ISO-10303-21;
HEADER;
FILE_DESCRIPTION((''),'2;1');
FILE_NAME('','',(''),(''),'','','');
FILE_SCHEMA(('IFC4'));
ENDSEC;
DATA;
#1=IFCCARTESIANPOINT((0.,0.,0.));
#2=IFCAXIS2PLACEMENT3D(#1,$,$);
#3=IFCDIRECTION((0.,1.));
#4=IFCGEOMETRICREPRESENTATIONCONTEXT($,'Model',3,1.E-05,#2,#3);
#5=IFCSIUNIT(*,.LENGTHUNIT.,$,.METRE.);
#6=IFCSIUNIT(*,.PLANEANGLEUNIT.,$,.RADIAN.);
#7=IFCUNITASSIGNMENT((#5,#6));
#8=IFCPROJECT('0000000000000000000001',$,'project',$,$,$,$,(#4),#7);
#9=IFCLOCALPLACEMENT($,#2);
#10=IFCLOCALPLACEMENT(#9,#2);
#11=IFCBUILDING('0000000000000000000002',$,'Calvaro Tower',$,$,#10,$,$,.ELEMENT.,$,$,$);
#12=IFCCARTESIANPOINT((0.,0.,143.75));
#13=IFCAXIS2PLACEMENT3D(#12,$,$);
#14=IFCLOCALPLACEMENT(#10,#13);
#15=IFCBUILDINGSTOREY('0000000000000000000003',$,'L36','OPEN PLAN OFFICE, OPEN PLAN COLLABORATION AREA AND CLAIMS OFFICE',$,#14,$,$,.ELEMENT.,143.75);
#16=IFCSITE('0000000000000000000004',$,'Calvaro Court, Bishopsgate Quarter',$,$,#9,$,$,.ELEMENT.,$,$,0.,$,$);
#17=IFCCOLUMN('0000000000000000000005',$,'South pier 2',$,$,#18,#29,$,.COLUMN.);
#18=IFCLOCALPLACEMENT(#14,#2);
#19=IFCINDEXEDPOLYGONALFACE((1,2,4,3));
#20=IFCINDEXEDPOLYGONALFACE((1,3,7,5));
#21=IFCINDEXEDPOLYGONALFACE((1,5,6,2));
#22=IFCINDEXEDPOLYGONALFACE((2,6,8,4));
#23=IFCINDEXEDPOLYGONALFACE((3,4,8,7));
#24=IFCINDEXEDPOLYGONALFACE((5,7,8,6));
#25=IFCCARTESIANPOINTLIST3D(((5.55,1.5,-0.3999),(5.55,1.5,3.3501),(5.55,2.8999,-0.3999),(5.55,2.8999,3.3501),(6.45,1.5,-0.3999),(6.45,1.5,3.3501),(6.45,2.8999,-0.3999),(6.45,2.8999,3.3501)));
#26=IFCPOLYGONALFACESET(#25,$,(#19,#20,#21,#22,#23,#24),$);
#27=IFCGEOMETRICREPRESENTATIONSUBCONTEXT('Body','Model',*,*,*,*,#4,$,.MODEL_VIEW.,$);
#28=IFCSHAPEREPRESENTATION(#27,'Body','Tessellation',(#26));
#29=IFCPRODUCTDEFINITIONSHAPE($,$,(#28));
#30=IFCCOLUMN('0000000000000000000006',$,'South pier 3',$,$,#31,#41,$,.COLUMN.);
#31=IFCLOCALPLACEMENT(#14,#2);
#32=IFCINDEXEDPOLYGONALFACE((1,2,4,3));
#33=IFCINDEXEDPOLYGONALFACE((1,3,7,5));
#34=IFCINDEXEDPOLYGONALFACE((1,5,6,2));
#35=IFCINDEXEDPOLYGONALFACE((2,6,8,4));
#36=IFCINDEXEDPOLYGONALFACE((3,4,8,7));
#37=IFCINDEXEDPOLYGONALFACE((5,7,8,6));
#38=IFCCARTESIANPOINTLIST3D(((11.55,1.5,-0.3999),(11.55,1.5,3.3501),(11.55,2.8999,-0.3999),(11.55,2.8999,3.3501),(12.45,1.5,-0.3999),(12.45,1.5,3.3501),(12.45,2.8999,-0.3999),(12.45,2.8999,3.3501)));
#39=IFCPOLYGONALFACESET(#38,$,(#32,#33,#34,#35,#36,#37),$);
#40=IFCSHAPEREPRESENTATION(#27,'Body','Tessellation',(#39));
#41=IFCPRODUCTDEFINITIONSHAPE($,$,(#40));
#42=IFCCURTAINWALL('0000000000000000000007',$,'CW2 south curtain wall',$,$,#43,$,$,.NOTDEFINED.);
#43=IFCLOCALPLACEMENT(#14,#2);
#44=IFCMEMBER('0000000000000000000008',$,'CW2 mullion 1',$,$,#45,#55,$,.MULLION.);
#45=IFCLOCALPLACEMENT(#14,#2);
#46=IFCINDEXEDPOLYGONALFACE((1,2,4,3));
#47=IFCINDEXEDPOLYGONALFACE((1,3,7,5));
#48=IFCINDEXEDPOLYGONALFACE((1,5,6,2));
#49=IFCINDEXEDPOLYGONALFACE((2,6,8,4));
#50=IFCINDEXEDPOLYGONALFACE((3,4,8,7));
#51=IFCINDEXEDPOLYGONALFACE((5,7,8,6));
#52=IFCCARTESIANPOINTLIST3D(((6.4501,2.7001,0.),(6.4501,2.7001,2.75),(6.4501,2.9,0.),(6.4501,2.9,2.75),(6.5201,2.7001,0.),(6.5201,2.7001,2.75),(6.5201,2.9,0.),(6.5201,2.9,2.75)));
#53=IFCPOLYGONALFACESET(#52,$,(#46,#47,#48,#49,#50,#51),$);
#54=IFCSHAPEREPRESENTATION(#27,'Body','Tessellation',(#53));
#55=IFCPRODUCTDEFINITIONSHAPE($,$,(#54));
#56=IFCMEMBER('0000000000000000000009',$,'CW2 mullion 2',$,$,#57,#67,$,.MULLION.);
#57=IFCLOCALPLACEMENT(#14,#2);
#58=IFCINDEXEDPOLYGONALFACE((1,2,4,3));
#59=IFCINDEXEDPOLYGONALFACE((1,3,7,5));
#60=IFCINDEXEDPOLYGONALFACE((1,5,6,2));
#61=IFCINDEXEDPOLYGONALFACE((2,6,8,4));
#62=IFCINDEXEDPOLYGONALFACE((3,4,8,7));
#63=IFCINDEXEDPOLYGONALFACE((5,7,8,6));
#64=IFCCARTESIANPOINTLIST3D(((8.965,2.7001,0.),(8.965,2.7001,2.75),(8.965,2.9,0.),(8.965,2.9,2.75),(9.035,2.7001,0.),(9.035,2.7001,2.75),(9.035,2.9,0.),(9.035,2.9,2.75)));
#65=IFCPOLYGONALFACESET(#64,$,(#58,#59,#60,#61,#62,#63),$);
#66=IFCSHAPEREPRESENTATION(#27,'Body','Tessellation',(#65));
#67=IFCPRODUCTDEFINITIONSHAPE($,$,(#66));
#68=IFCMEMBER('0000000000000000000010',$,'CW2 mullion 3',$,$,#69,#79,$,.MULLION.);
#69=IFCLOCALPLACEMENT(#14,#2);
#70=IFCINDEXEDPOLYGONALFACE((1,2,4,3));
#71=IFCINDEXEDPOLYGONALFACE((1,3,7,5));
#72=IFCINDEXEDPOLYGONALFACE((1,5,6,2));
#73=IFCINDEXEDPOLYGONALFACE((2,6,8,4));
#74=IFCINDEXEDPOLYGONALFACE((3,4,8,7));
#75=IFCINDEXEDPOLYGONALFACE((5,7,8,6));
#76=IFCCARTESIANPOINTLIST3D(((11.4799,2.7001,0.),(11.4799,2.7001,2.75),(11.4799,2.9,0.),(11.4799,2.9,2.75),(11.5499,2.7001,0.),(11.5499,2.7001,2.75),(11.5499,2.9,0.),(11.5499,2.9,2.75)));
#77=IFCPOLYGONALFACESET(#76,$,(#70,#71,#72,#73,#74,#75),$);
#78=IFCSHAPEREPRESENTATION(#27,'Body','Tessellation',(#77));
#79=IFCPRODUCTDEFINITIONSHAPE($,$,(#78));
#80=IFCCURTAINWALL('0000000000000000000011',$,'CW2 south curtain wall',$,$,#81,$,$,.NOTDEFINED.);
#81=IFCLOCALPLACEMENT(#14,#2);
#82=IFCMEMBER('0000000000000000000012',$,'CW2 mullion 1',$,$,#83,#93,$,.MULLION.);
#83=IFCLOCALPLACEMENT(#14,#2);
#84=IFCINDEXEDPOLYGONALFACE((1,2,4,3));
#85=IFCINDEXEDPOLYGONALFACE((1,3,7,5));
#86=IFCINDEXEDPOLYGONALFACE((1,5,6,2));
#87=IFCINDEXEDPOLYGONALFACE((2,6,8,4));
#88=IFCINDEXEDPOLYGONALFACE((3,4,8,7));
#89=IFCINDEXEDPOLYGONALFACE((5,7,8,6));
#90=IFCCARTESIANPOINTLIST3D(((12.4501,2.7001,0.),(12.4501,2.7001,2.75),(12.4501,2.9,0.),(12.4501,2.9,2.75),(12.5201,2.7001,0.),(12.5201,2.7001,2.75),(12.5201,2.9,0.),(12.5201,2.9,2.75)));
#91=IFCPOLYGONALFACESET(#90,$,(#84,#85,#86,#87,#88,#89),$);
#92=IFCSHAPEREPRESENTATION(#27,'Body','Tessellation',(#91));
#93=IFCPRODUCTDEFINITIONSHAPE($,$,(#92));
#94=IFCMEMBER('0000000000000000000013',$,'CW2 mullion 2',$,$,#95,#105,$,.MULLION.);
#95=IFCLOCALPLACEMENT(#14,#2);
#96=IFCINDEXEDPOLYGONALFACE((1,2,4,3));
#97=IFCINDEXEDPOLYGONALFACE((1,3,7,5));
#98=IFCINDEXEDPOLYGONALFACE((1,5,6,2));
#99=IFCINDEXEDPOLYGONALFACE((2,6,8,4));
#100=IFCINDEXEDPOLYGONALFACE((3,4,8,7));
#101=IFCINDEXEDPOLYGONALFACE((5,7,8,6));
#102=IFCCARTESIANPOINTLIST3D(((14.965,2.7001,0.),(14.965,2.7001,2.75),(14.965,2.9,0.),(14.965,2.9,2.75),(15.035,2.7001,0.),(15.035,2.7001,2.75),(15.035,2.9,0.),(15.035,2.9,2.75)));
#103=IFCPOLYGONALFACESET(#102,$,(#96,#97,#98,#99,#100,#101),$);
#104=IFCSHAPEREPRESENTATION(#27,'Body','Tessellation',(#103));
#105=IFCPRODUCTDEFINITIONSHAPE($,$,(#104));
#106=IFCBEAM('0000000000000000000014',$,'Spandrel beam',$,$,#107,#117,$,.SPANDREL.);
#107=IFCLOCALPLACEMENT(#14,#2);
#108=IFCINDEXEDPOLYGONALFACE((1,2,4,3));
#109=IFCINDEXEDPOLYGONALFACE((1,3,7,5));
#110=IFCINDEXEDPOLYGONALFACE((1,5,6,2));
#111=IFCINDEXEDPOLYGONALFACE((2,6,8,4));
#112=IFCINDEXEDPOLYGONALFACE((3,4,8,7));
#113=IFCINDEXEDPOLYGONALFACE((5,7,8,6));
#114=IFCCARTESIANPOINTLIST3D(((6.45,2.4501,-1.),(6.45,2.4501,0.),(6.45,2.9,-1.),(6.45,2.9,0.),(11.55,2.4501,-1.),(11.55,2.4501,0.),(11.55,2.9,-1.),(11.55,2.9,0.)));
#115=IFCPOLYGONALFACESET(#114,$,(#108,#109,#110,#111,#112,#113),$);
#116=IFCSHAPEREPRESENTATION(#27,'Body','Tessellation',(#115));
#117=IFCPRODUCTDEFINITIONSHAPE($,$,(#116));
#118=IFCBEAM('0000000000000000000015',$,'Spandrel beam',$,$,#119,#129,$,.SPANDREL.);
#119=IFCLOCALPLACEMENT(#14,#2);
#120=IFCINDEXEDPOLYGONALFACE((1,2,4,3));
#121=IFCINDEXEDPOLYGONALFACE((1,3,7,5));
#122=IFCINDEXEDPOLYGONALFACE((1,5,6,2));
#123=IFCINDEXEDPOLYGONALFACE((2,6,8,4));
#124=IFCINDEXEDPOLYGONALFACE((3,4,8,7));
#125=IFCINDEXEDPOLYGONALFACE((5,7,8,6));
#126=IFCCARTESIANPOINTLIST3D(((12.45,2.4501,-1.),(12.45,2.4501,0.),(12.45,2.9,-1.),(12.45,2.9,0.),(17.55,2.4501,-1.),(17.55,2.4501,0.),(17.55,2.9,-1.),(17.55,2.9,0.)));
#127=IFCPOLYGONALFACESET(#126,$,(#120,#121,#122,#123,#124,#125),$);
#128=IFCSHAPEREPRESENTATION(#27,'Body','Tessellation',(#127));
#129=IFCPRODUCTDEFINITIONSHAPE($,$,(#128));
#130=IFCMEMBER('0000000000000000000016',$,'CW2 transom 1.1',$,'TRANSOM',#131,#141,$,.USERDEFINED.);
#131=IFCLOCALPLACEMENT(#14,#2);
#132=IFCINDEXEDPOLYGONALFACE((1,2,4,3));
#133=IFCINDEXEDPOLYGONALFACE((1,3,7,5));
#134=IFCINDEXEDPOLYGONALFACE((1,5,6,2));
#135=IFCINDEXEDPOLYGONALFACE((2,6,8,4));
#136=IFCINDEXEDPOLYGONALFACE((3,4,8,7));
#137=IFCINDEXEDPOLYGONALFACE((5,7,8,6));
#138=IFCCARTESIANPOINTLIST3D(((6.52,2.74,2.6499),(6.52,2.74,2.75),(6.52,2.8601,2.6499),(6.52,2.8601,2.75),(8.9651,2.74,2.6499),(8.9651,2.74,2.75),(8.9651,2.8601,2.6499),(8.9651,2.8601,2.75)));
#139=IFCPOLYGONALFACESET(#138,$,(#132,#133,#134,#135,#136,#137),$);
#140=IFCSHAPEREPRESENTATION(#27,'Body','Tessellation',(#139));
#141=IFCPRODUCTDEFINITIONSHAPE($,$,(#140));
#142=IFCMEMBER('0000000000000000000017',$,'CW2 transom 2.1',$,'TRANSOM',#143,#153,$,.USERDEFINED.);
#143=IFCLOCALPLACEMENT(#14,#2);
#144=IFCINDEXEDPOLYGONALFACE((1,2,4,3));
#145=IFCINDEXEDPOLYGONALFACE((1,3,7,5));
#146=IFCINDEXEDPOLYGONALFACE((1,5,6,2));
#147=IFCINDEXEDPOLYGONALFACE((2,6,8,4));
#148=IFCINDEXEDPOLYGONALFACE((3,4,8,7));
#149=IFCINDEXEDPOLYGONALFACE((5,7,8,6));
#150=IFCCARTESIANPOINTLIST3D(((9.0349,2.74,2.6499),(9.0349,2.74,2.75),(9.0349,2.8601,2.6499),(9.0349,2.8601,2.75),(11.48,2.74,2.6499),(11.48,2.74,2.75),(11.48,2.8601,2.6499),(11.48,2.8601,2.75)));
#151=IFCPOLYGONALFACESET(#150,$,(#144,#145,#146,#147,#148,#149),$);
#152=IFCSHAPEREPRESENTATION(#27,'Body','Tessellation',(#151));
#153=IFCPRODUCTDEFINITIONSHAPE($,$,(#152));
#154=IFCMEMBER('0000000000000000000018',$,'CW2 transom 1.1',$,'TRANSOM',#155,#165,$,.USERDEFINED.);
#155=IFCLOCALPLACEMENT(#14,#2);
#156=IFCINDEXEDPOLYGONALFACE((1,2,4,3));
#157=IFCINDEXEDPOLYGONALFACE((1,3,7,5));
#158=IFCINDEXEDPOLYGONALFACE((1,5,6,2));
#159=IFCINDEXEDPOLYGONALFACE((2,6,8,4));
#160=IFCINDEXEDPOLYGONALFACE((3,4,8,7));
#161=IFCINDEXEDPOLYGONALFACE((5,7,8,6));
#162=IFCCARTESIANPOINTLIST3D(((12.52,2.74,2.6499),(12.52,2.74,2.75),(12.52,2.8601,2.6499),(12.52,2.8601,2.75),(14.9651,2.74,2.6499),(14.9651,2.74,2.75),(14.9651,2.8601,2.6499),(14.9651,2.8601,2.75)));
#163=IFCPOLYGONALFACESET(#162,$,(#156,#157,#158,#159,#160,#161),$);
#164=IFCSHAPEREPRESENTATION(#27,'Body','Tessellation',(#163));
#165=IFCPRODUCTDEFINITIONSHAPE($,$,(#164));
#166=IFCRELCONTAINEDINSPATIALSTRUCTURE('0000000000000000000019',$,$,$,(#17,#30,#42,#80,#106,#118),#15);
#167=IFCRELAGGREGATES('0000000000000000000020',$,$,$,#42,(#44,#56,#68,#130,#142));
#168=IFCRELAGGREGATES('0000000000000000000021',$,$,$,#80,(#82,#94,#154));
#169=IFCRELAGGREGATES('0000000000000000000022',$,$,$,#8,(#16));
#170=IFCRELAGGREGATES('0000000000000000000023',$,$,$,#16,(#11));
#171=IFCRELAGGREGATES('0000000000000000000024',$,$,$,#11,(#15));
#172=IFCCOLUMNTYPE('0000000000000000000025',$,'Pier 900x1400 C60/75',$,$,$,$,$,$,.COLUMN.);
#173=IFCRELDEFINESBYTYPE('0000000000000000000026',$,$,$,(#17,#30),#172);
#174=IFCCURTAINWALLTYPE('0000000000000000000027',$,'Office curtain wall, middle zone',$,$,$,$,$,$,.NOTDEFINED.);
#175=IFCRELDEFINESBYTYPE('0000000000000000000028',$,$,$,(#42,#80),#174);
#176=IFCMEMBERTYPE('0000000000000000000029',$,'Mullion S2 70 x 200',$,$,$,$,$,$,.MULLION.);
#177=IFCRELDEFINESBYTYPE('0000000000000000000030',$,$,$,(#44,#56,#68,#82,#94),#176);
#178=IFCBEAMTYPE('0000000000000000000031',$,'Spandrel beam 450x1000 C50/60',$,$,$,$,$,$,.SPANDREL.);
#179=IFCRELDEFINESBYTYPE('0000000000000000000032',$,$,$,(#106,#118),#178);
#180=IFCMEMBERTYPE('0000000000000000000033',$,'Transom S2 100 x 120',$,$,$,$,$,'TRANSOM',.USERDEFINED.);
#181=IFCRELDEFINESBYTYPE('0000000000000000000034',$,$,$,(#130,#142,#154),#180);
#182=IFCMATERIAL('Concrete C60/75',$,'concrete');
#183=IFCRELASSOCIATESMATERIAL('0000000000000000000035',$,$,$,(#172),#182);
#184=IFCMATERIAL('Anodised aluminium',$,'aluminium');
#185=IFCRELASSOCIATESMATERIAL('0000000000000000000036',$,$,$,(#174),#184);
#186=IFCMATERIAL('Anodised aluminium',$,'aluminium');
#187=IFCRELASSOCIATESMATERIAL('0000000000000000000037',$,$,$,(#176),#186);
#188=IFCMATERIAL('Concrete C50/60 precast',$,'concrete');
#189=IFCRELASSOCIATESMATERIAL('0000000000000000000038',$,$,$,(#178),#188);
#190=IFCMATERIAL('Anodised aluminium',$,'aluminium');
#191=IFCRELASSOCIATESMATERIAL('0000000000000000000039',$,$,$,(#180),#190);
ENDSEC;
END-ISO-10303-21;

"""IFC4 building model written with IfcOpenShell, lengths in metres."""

from ifc_helpers import new_model, si_unit, direction, frame, origin, origin_2d, place, context, subcontext, project, spatial, rectangle, extrude, material, material_profile, profile_set, type_object, element, aggregate, save


model = new_model("IFC4")

# Units and contexts
model_context = context("Model", 3, precision=1e-05, world=origin(), true_north=direction((0.0, 1.0)))
body_context = subcontext(model_context, "Body", "Model", "MODEL_VIEW")
ifc_project = project(units=[si_unit("LENGTHUNIT", "METRE"), si_unit("PLANEANGLEUNIT", "RADIAN")], contexts=[model_context])

# Site, building, storey
site_placement = place(None, origin())
site = spatial("IfcSite", under=ifc_project, at=site_placement, Name="Calvaro Court, Bishopsgate Quarter", CompositionType="ELEMENT", RefElevation=0.0)
building_placement = place(site_placement, origin())
building = spatial("IfcBuilding", under=site, at=building_placement, Name="Calvaro Tower", CompositionType="ELEMENT")
storey_placement = place(building_placement, frame((0.0, 0.0, 143.75)))
storey = spatial("IfcBuildingStorey", under=building, at=storey_placement, Name="L36", Description="OPEN PLAN OFFICE, OPEN PLAN COLLABORATION AREA AND CLAIMS OFFICE", CompositionType="ELEMENT", Elevation=143.75)

# Columns
ifc_material_1 = material(Name="Concrete C60/75", Category="concrete")
ifc_material_profile_1 = material_profile(ifc_material_1, rectangle(XDim=0.8999, YDim=1.3999, at=origin_2d()), Name="RC 900x1400")
ifc_profile_set_1 = profile_set([ifc_material_profile_1], Name="Concrete C60/75")
column_type = type_object("IfcColumnType", Name="Pier 900x1400 C60/75", PredefinedType="COLUMN", material=ifc_profile_set_1)
for number, where, z_axis, x_axis, name in (
    (1, (6.0, 2.2, -0.3999), (0.0, 0.0, 1.0), (1.0, 0.0, 0.0), "South pier 2"),
    (2, (12.0, 2.2, -0.3999), (0.0, 0.0, 1.0), (1.0, 0.0, 0.0), "South pier 3"),
):
    element("IfcColumn", number, at=place(storey_placement, frame(where, z_axis=z_axis, x_axis=x_axis)), inside=storey, type_object=column_type, Name=name, PredefinedType="COLUMN", context=body_context, shape_type="SweptSolid", body=[
        extrude(rectangle(XDim=0.8999, YDim=1.3999, at=origin_2d()), origin(), (0.0, 0.0, 1.0), 3.75),
    ])

# Curtain walls, members
ifc_material_2 = material(Name="Anodised aluminium", Category="aluminium")
curtain_wall_type = type_object("IfcCurtainWallType", Name="Office curtain wall, middle zone", PredefinedType="NOTDEFINED", material=ifc_material_2)
curtain_wall_1_placement = place(storey_placement, origin())
curtain_wall_1 = element("IfcCurtainWall", 3, at=curtain_wall_1_placement, inside=storey, type_object=curtain_wall_type, Name="CW2 south curtain wall", PredefinedType="NOTDEFINED")
ifc_material_3 = material(Name="Anodised aluminium", Category="aluminium")
ifc_material_profile_2 = material_profile(ifc_material_3, rectangle(XDim=0.2, YDim=0.0701, at=origin_2d()), Name="Mullion S2 70 x 200")
ifc_profile_set_2 = profile_set([ifc_material_profile_2], Name="Anodised aluminium")
member_type_1 = type_object("IfcMemberType", Name="Mullion S2 70 x 200", PredefinedType="MULLION", material=ifc_profile_set_2)
member_1_placement = place(storey_placement, frame((6.4851, 2.8, 0.0), z_axis=(0.0, 0.0, 1.0), x_axis=(0.0, 1.0, 0.0)))
member_1 = element("IfcMember", 4, at=member_1_placement, type_object=member_type_1, Name="CW2 mullion 1", PredefinedType="MULLION", context=body_context, shape_type="SweptSolid", body=[
    extrude(rectangle(XDim=0.2, YDim=0.0701, at=origin_2d()), origin(), (0.0, 0.0, 1.0), 2.75),
])
member_2_placement = place(storey_placement, frame((9.0, 2.8, 0.0), z_axis=(0.0, 0.0, 1.0), x_axis=(0.0, 1.0, 0.0)))
member_2 = element("IfcMember", 5, at=member_2_placement, type_object=member_type_1, Name="CW2 mullion 2", PredefinedType="MULLION", context=body_context, shape_type="SweptSolid", body=[
    extrude(rectangle(XDim=0.2, YDim=0.0701, at=origin_2d()), origin(), (0.0, 0.0, 1.0), 2.75),
])
member_3_placement = place(storey_placement, frame((11.5149, 2.8, 0.0), z_axis=(0.0, 0.0, 1.0), x_axis=(0.0, 1.0, 0.0)))
member_3 = element("IfcMember", 6, at=member_3_placement, type_object=member_type_1, Name="CW2 mullion 3", PredefinedType="MULLION", context=body_context, shape_type="SweptSolid", body=[
    extrude(rectangle(XDim=0.2, YDim=0.0701, at=origin_2d()), origin(), (0.0, 0.0, 1.0), 2.75),
])
curtain_wall_2_placement = place(storey_placement, origin())
curtain_wall_2 = element("IfcCurtainWall", 7, at=curtain_wall_2_placement, inside=storey, type_object=curtain_wall_type, Name="CW2 south curtain wall", PredefinedType="NOTDEFINED")
member_4_placement = place(storey_placement, frame((12.4851, 2.8, 0.0), z_axis=(0.0, 0.0, 1.0), x_axis=(0.0, 1.0, 0.0)))
member_4 = element("IfcMember", 8, at=member_4_placement, type_object=member_type_1, Name="CW2 mullion 1", PredefinedType="MULLION", context=body_context, shape_type="SweptSolid", body=[
    extrude(rectangle(XDim=0.2, YDim=0.0701, at=origin_2d()), origin(), (0.0, 0.0, 1.0), 2.75),
])
member_5_placement = place(storey_placement, frame((15.0, 2.8, 0.0), z_axis=(0.0, 0.0, 1.0), x_axis=(0.0, 1.0, 0.0)))
member_5 = element("IfcMember", 9, at=member_5_placement, type_object=member_type_1, Name="CW2 mullion 2", PredefinedType="MULLION", context=body_context, shape_type="SweptSolid", body=[
    extrude(rectangle(XDim=0.2, YDim=0.0701, at=origin_2d()), origin(), (0.0, 0.0, 1.0), 2.75),
])

# Beams
ifc_material_4 = material(Name="Concrete C50/60 precast", Category="concrete")
ifc_material_profile_3 = material_profile(ifc_material_4, rectangle(XDim=0.45, YDim=1.0, at=origin_2d()), Name="RC 450x1000")
ifc_profile_set_3 = profile_set([ifc_material_profile_3], Name="Concrete C50/60 precast")
beam_type = type_object("IfcBeamType", Name="Spandrel beam 450x1000 C50/60", PredefinedType="SPANDREL", material=ifc_profile_set_3)
for number, where, z_axis, x_axis, name in (
    (10, (6.45, 2.675, -0.5), (1.0, 0.0, 0.0), (0.0, 1.0, 0.0), "Spandrel beam"),
    (11, (12.45, 2.675, -0.5), (1.0, 0.0, 0.0), (0.0, 1.0, 0.0), "Spandrel beam"),
):
    element("IfcBeam", number, at=place(storey_placement, frame(where, z_axis=z_axis, x_axis=x_axis)), inside=storey, type_object=beam_type, Name=name, PredefinedType="SPANDREL", context=body_context, shape_type="SweptSolid", body=[
        extrude(rectangle(XDim=0.45, YDim=1.0, at=origin_2d()), origin(), (0.0, 0.0, 1.0), 5.1001),
    ])

# Members
ifc_material_5 = material(Name="Anodised aluminium", Category="aluminium")
ifc_material_profile_4 = material_profile(ifc_material_5, rectangle(XDim=0.1201, YDim=0.1001, at=origin_2d()), Name="Transom S2 100 x 120")
ifc_profile_set_4 = profile_set([ifc_material_profile_4], Name="Anodised aluminium")
member_type_2 = type_object("IfcMemberType", Name="Transom S2 100 x 120", ElementType="TRANSOM", PredefinedType="USERDEFINED", material=ifc_profile_set_4)
member_6_placement = place(storey_placement, frame((6.52, 2.8, 2.7), z_axis=(1.0, 0.0, 0.0), x_axis=(0.0, 1.0, 0.0)))
member_6 = element("IfcMember", 12, at=member_6_placement, type_object=member_type_2, Name="CW2 transom 1.1", ObjectType="TRANSOM", PredefinedType="USERDEFINED", context=body_context, shape_type="SweptSolid", body=[
    extrude(rectangle(XDim=0.1201, YDim=0.1001, at=origin_2d()), origin(), (0.0, 0.0, 1.0), 2.4451),
])
member_7_placement = place(storey_placement, frame((9.0349, 2.8, 2.7), z_axis=(1.0, 0.0, 0.0), x_axis=(0.0, 1.0, 0.0)))
member_7 = element("IfcMember", 13, at=member_7_placement, type_object=member_type_2, Name="CW2 transom 2.1", ObjectType="TRANSOM", PredefinedType="USERDEFINED", context=body_context, shape_type="SweptSolid", body=[
    extrude(rectangle(XDim=0.1201, YDim=0.1001, at=origin_2d()), origin(), (0.0, 0.0, 1.0), 2.4451),
])
member_8_placement = place(storey_placement, frame((12.52, 2.8, 2.7), z_axis=(1.0, 0.0, 0.0), x_axis=(0.0, 1.0, 0.0)))
member_8 = element("IfcMember", 14, at=member_8_placement, type_object=member_type_2, Name="CW2 transom 1.1", ObjectType="TRANSOM", PredefinedType="USERDEFINED", context=body_context, shape_type="SweptSolid", body=[
    extrude(rectangle(XDim=0.1201, YDim=0.1001, at=origin_2d()), origin(), (0.0, 0.0, 1.0), 2.4451),
])

aggregate(curtain_wall_1, [member_1, member_2, member_3, member_6, member_7])
aggregate(curtain_wall_2, [member_4, member_5, member_8])

save(model, "model.ifc")
